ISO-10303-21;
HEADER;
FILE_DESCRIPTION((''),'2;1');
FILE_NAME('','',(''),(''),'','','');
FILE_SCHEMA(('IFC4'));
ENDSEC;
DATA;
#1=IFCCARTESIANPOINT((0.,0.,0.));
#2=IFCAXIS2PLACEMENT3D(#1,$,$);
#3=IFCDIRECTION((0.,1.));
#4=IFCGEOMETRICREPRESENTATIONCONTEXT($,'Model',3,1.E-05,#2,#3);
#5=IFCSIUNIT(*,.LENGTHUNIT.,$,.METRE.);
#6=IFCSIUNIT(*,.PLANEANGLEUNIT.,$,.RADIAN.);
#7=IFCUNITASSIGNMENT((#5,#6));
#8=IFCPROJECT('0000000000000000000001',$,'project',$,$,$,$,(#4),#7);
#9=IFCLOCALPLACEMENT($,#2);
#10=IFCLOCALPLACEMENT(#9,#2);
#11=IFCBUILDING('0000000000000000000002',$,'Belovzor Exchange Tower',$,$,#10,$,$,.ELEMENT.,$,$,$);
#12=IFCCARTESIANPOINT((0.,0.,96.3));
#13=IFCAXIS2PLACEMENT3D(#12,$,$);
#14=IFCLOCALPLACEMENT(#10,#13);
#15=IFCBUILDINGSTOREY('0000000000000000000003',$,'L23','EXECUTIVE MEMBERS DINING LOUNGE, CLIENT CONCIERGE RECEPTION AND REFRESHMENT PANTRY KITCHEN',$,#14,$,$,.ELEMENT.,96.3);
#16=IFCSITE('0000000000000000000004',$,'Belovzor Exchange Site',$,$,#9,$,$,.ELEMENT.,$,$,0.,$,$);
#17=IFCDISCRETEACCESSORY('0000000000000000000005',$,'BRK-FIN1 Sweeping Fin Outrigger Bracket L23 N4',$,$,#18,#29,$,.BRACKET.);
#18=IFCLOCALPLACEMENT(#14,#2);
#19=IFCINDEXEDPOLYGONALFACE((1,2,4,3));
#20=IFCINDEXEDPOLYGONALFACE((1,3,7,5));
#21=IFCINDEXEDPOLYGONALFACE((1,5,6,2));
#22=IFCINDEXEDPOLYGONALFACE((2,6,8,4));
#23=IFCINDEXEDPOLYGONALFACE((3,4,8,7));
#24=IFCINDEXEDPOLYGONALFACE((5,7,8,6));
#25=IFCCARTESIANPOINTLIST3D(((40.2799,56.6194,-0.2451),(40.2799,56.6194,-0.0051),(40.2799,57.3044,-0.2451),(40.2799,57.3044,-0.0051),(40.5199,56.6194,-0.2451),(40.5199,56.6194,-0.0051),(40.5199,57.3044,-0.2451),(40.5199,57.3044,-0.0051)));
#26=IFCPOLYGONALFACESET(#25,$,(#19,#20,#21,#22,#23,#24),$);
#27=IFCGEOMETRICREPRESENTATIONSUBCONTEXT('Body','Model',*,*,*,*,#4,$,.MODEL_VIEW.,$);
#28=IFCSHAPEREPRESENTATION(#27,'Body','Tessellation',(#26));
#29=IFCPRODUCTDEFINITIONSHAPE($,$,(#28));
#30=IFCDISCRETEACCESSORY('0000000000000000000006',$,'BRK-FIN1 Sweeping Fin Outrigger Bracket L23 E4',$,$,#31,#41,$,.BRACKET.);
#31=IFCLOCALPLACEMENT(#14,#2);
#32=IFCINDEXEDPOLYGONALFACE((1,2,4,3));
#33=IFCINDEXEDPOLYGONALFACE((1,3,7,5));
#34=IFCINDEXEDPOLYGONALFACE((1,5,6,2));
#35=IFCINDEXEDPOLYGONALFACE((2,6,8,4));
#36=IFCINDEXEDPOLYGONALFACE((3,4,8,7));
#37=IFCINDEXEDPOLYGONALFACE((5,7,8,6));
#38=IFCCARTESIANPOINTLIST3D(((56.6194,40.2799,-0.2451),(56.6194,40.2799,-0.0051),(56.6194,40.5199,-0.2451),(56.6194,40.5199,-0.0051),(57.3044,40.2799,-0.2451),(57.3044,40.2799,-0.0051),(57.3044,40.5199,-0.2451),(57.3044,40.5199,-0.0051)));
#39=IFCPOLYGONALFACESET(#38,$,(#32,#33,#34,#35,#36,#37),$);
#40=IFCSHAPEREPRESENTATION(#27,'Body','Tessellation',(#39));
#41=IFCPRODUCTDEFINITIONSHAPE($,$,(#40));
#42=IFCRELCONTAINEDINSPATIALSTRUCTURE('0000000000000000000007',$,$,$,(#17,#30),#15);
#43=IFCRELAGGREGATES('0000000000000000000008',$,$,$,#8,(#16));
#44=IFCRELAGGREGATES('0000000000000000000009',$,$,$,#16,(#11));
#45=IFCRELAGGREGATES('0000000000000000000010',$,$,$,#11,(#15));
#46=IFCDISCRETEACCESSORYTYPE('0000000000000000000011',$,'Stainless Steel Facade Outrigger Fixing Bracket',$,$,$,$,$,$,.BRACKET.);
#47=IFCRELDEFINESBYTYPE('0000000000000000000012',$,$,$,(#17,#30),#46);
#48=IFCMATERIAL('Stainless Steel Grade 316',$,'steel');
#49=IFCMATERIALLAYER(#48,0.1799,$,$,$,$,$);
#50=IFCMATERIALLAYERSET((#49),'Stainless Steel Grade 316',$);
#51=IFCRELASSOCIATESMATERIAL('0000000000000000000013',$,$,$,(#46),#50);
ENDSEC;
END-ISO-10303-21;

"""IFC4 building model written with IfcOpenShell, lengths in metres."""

from ifc_helpers import new_model, si_unit, direction, frame, origin, origin_2d, place, context, subcontext, project, spatial, rectangle, extrude, material, layer, layer_set, type_object, element, save


model = new_model("IFC4")

# Units and contexts
model_context = context("Model", 3, precision=1e-05, world=origin(), true_north=direction((0.0, 1.0)))
body_context = subcontext(model_context, "Body", "Model", "MODEL_VIEW")
ifc_project = project(units=[si_unit("LENGTHUNIT", "METRE"), si_unit("PLANEANGLEUNIT", "RADIAN")], contexts=[model_context])

# Site, building, storey
site_placement = place(None, origin())
site = spatial("IfcSite", under=ifc_project, at=site_placement, Name="Belovzor Exchange Site", CompositionType="ELEMENT", RefElevation=0.0)
building_placement = place(site_placement, origin())
building = spatial("IfcBuilding", under=site, at=building_placement, Name="Belovzor Exchange Tower", CompositionType="ELEMENT")
storey_placement = place(building_placement, frame((0.0, 0.0, 96.3)))
storey = spatial("IfcBuildingStorey", under=building, at=storey_placement, Name="L23", Description="EXECUTIVE MEMBERS DINING LOUNGE, CLIENT CONCIERGE RECEPTION AND REFRESHMENT PANTRY KITCHEN", CompositionType="ELEMENT", Elevation=96.3)

# Discrete accessories
ifc_material_1 = material(Name="Stainless Steel Grade 316", Category="steel")
ifc_layer_1 = layer(ifc_material_1, 0.1799)
ifc_layer_set_1 = layer_set([ifc_layer_1], Name="Stainless Steel Grade 316")
discrete_accessory_type = type_object("IfcDiscreteAccessoryType", Name="Stainless Steel Facade Outrigger Fixing Bracket", PredefinedType="BRACKET", material=ifc_layer_set_1)
for number, where, z_axis, x_axis, name in (
    (1, (40.3999, 56.9619, -0.2451), (0.0, 0.0, 1.0), (0.0, 1.0, 0.0), "BRK-FIN1 Sweeping Fin Outrigger Bracket L23 N4"),
    (2, (56.9619, 40.3999, -0.2451), (0.0, 0.0, 1.0), (1.0, 0.0, 0.0), "BRK-FIN1 Sweeping Fin Outrigger Bracket L23 E4"),
):
    element("IfcDiscreteAccessory", number, at=place(storey_placement, frame(where, z_axis=z_axis, x_axis=x_axis)), inside=storey, type_object=discrete_accessory_type, Name=name, PredefinedType="BRACKET", context=body_context, shape_type="SweptSolid", body=[
        extrude(rectangle(XDim=0.6851, YDim=0.24, at=origin_2d()), origin(), (0.0, 0.0, 1.0), 0.24),
    ])

save(model, "model.ifc")
